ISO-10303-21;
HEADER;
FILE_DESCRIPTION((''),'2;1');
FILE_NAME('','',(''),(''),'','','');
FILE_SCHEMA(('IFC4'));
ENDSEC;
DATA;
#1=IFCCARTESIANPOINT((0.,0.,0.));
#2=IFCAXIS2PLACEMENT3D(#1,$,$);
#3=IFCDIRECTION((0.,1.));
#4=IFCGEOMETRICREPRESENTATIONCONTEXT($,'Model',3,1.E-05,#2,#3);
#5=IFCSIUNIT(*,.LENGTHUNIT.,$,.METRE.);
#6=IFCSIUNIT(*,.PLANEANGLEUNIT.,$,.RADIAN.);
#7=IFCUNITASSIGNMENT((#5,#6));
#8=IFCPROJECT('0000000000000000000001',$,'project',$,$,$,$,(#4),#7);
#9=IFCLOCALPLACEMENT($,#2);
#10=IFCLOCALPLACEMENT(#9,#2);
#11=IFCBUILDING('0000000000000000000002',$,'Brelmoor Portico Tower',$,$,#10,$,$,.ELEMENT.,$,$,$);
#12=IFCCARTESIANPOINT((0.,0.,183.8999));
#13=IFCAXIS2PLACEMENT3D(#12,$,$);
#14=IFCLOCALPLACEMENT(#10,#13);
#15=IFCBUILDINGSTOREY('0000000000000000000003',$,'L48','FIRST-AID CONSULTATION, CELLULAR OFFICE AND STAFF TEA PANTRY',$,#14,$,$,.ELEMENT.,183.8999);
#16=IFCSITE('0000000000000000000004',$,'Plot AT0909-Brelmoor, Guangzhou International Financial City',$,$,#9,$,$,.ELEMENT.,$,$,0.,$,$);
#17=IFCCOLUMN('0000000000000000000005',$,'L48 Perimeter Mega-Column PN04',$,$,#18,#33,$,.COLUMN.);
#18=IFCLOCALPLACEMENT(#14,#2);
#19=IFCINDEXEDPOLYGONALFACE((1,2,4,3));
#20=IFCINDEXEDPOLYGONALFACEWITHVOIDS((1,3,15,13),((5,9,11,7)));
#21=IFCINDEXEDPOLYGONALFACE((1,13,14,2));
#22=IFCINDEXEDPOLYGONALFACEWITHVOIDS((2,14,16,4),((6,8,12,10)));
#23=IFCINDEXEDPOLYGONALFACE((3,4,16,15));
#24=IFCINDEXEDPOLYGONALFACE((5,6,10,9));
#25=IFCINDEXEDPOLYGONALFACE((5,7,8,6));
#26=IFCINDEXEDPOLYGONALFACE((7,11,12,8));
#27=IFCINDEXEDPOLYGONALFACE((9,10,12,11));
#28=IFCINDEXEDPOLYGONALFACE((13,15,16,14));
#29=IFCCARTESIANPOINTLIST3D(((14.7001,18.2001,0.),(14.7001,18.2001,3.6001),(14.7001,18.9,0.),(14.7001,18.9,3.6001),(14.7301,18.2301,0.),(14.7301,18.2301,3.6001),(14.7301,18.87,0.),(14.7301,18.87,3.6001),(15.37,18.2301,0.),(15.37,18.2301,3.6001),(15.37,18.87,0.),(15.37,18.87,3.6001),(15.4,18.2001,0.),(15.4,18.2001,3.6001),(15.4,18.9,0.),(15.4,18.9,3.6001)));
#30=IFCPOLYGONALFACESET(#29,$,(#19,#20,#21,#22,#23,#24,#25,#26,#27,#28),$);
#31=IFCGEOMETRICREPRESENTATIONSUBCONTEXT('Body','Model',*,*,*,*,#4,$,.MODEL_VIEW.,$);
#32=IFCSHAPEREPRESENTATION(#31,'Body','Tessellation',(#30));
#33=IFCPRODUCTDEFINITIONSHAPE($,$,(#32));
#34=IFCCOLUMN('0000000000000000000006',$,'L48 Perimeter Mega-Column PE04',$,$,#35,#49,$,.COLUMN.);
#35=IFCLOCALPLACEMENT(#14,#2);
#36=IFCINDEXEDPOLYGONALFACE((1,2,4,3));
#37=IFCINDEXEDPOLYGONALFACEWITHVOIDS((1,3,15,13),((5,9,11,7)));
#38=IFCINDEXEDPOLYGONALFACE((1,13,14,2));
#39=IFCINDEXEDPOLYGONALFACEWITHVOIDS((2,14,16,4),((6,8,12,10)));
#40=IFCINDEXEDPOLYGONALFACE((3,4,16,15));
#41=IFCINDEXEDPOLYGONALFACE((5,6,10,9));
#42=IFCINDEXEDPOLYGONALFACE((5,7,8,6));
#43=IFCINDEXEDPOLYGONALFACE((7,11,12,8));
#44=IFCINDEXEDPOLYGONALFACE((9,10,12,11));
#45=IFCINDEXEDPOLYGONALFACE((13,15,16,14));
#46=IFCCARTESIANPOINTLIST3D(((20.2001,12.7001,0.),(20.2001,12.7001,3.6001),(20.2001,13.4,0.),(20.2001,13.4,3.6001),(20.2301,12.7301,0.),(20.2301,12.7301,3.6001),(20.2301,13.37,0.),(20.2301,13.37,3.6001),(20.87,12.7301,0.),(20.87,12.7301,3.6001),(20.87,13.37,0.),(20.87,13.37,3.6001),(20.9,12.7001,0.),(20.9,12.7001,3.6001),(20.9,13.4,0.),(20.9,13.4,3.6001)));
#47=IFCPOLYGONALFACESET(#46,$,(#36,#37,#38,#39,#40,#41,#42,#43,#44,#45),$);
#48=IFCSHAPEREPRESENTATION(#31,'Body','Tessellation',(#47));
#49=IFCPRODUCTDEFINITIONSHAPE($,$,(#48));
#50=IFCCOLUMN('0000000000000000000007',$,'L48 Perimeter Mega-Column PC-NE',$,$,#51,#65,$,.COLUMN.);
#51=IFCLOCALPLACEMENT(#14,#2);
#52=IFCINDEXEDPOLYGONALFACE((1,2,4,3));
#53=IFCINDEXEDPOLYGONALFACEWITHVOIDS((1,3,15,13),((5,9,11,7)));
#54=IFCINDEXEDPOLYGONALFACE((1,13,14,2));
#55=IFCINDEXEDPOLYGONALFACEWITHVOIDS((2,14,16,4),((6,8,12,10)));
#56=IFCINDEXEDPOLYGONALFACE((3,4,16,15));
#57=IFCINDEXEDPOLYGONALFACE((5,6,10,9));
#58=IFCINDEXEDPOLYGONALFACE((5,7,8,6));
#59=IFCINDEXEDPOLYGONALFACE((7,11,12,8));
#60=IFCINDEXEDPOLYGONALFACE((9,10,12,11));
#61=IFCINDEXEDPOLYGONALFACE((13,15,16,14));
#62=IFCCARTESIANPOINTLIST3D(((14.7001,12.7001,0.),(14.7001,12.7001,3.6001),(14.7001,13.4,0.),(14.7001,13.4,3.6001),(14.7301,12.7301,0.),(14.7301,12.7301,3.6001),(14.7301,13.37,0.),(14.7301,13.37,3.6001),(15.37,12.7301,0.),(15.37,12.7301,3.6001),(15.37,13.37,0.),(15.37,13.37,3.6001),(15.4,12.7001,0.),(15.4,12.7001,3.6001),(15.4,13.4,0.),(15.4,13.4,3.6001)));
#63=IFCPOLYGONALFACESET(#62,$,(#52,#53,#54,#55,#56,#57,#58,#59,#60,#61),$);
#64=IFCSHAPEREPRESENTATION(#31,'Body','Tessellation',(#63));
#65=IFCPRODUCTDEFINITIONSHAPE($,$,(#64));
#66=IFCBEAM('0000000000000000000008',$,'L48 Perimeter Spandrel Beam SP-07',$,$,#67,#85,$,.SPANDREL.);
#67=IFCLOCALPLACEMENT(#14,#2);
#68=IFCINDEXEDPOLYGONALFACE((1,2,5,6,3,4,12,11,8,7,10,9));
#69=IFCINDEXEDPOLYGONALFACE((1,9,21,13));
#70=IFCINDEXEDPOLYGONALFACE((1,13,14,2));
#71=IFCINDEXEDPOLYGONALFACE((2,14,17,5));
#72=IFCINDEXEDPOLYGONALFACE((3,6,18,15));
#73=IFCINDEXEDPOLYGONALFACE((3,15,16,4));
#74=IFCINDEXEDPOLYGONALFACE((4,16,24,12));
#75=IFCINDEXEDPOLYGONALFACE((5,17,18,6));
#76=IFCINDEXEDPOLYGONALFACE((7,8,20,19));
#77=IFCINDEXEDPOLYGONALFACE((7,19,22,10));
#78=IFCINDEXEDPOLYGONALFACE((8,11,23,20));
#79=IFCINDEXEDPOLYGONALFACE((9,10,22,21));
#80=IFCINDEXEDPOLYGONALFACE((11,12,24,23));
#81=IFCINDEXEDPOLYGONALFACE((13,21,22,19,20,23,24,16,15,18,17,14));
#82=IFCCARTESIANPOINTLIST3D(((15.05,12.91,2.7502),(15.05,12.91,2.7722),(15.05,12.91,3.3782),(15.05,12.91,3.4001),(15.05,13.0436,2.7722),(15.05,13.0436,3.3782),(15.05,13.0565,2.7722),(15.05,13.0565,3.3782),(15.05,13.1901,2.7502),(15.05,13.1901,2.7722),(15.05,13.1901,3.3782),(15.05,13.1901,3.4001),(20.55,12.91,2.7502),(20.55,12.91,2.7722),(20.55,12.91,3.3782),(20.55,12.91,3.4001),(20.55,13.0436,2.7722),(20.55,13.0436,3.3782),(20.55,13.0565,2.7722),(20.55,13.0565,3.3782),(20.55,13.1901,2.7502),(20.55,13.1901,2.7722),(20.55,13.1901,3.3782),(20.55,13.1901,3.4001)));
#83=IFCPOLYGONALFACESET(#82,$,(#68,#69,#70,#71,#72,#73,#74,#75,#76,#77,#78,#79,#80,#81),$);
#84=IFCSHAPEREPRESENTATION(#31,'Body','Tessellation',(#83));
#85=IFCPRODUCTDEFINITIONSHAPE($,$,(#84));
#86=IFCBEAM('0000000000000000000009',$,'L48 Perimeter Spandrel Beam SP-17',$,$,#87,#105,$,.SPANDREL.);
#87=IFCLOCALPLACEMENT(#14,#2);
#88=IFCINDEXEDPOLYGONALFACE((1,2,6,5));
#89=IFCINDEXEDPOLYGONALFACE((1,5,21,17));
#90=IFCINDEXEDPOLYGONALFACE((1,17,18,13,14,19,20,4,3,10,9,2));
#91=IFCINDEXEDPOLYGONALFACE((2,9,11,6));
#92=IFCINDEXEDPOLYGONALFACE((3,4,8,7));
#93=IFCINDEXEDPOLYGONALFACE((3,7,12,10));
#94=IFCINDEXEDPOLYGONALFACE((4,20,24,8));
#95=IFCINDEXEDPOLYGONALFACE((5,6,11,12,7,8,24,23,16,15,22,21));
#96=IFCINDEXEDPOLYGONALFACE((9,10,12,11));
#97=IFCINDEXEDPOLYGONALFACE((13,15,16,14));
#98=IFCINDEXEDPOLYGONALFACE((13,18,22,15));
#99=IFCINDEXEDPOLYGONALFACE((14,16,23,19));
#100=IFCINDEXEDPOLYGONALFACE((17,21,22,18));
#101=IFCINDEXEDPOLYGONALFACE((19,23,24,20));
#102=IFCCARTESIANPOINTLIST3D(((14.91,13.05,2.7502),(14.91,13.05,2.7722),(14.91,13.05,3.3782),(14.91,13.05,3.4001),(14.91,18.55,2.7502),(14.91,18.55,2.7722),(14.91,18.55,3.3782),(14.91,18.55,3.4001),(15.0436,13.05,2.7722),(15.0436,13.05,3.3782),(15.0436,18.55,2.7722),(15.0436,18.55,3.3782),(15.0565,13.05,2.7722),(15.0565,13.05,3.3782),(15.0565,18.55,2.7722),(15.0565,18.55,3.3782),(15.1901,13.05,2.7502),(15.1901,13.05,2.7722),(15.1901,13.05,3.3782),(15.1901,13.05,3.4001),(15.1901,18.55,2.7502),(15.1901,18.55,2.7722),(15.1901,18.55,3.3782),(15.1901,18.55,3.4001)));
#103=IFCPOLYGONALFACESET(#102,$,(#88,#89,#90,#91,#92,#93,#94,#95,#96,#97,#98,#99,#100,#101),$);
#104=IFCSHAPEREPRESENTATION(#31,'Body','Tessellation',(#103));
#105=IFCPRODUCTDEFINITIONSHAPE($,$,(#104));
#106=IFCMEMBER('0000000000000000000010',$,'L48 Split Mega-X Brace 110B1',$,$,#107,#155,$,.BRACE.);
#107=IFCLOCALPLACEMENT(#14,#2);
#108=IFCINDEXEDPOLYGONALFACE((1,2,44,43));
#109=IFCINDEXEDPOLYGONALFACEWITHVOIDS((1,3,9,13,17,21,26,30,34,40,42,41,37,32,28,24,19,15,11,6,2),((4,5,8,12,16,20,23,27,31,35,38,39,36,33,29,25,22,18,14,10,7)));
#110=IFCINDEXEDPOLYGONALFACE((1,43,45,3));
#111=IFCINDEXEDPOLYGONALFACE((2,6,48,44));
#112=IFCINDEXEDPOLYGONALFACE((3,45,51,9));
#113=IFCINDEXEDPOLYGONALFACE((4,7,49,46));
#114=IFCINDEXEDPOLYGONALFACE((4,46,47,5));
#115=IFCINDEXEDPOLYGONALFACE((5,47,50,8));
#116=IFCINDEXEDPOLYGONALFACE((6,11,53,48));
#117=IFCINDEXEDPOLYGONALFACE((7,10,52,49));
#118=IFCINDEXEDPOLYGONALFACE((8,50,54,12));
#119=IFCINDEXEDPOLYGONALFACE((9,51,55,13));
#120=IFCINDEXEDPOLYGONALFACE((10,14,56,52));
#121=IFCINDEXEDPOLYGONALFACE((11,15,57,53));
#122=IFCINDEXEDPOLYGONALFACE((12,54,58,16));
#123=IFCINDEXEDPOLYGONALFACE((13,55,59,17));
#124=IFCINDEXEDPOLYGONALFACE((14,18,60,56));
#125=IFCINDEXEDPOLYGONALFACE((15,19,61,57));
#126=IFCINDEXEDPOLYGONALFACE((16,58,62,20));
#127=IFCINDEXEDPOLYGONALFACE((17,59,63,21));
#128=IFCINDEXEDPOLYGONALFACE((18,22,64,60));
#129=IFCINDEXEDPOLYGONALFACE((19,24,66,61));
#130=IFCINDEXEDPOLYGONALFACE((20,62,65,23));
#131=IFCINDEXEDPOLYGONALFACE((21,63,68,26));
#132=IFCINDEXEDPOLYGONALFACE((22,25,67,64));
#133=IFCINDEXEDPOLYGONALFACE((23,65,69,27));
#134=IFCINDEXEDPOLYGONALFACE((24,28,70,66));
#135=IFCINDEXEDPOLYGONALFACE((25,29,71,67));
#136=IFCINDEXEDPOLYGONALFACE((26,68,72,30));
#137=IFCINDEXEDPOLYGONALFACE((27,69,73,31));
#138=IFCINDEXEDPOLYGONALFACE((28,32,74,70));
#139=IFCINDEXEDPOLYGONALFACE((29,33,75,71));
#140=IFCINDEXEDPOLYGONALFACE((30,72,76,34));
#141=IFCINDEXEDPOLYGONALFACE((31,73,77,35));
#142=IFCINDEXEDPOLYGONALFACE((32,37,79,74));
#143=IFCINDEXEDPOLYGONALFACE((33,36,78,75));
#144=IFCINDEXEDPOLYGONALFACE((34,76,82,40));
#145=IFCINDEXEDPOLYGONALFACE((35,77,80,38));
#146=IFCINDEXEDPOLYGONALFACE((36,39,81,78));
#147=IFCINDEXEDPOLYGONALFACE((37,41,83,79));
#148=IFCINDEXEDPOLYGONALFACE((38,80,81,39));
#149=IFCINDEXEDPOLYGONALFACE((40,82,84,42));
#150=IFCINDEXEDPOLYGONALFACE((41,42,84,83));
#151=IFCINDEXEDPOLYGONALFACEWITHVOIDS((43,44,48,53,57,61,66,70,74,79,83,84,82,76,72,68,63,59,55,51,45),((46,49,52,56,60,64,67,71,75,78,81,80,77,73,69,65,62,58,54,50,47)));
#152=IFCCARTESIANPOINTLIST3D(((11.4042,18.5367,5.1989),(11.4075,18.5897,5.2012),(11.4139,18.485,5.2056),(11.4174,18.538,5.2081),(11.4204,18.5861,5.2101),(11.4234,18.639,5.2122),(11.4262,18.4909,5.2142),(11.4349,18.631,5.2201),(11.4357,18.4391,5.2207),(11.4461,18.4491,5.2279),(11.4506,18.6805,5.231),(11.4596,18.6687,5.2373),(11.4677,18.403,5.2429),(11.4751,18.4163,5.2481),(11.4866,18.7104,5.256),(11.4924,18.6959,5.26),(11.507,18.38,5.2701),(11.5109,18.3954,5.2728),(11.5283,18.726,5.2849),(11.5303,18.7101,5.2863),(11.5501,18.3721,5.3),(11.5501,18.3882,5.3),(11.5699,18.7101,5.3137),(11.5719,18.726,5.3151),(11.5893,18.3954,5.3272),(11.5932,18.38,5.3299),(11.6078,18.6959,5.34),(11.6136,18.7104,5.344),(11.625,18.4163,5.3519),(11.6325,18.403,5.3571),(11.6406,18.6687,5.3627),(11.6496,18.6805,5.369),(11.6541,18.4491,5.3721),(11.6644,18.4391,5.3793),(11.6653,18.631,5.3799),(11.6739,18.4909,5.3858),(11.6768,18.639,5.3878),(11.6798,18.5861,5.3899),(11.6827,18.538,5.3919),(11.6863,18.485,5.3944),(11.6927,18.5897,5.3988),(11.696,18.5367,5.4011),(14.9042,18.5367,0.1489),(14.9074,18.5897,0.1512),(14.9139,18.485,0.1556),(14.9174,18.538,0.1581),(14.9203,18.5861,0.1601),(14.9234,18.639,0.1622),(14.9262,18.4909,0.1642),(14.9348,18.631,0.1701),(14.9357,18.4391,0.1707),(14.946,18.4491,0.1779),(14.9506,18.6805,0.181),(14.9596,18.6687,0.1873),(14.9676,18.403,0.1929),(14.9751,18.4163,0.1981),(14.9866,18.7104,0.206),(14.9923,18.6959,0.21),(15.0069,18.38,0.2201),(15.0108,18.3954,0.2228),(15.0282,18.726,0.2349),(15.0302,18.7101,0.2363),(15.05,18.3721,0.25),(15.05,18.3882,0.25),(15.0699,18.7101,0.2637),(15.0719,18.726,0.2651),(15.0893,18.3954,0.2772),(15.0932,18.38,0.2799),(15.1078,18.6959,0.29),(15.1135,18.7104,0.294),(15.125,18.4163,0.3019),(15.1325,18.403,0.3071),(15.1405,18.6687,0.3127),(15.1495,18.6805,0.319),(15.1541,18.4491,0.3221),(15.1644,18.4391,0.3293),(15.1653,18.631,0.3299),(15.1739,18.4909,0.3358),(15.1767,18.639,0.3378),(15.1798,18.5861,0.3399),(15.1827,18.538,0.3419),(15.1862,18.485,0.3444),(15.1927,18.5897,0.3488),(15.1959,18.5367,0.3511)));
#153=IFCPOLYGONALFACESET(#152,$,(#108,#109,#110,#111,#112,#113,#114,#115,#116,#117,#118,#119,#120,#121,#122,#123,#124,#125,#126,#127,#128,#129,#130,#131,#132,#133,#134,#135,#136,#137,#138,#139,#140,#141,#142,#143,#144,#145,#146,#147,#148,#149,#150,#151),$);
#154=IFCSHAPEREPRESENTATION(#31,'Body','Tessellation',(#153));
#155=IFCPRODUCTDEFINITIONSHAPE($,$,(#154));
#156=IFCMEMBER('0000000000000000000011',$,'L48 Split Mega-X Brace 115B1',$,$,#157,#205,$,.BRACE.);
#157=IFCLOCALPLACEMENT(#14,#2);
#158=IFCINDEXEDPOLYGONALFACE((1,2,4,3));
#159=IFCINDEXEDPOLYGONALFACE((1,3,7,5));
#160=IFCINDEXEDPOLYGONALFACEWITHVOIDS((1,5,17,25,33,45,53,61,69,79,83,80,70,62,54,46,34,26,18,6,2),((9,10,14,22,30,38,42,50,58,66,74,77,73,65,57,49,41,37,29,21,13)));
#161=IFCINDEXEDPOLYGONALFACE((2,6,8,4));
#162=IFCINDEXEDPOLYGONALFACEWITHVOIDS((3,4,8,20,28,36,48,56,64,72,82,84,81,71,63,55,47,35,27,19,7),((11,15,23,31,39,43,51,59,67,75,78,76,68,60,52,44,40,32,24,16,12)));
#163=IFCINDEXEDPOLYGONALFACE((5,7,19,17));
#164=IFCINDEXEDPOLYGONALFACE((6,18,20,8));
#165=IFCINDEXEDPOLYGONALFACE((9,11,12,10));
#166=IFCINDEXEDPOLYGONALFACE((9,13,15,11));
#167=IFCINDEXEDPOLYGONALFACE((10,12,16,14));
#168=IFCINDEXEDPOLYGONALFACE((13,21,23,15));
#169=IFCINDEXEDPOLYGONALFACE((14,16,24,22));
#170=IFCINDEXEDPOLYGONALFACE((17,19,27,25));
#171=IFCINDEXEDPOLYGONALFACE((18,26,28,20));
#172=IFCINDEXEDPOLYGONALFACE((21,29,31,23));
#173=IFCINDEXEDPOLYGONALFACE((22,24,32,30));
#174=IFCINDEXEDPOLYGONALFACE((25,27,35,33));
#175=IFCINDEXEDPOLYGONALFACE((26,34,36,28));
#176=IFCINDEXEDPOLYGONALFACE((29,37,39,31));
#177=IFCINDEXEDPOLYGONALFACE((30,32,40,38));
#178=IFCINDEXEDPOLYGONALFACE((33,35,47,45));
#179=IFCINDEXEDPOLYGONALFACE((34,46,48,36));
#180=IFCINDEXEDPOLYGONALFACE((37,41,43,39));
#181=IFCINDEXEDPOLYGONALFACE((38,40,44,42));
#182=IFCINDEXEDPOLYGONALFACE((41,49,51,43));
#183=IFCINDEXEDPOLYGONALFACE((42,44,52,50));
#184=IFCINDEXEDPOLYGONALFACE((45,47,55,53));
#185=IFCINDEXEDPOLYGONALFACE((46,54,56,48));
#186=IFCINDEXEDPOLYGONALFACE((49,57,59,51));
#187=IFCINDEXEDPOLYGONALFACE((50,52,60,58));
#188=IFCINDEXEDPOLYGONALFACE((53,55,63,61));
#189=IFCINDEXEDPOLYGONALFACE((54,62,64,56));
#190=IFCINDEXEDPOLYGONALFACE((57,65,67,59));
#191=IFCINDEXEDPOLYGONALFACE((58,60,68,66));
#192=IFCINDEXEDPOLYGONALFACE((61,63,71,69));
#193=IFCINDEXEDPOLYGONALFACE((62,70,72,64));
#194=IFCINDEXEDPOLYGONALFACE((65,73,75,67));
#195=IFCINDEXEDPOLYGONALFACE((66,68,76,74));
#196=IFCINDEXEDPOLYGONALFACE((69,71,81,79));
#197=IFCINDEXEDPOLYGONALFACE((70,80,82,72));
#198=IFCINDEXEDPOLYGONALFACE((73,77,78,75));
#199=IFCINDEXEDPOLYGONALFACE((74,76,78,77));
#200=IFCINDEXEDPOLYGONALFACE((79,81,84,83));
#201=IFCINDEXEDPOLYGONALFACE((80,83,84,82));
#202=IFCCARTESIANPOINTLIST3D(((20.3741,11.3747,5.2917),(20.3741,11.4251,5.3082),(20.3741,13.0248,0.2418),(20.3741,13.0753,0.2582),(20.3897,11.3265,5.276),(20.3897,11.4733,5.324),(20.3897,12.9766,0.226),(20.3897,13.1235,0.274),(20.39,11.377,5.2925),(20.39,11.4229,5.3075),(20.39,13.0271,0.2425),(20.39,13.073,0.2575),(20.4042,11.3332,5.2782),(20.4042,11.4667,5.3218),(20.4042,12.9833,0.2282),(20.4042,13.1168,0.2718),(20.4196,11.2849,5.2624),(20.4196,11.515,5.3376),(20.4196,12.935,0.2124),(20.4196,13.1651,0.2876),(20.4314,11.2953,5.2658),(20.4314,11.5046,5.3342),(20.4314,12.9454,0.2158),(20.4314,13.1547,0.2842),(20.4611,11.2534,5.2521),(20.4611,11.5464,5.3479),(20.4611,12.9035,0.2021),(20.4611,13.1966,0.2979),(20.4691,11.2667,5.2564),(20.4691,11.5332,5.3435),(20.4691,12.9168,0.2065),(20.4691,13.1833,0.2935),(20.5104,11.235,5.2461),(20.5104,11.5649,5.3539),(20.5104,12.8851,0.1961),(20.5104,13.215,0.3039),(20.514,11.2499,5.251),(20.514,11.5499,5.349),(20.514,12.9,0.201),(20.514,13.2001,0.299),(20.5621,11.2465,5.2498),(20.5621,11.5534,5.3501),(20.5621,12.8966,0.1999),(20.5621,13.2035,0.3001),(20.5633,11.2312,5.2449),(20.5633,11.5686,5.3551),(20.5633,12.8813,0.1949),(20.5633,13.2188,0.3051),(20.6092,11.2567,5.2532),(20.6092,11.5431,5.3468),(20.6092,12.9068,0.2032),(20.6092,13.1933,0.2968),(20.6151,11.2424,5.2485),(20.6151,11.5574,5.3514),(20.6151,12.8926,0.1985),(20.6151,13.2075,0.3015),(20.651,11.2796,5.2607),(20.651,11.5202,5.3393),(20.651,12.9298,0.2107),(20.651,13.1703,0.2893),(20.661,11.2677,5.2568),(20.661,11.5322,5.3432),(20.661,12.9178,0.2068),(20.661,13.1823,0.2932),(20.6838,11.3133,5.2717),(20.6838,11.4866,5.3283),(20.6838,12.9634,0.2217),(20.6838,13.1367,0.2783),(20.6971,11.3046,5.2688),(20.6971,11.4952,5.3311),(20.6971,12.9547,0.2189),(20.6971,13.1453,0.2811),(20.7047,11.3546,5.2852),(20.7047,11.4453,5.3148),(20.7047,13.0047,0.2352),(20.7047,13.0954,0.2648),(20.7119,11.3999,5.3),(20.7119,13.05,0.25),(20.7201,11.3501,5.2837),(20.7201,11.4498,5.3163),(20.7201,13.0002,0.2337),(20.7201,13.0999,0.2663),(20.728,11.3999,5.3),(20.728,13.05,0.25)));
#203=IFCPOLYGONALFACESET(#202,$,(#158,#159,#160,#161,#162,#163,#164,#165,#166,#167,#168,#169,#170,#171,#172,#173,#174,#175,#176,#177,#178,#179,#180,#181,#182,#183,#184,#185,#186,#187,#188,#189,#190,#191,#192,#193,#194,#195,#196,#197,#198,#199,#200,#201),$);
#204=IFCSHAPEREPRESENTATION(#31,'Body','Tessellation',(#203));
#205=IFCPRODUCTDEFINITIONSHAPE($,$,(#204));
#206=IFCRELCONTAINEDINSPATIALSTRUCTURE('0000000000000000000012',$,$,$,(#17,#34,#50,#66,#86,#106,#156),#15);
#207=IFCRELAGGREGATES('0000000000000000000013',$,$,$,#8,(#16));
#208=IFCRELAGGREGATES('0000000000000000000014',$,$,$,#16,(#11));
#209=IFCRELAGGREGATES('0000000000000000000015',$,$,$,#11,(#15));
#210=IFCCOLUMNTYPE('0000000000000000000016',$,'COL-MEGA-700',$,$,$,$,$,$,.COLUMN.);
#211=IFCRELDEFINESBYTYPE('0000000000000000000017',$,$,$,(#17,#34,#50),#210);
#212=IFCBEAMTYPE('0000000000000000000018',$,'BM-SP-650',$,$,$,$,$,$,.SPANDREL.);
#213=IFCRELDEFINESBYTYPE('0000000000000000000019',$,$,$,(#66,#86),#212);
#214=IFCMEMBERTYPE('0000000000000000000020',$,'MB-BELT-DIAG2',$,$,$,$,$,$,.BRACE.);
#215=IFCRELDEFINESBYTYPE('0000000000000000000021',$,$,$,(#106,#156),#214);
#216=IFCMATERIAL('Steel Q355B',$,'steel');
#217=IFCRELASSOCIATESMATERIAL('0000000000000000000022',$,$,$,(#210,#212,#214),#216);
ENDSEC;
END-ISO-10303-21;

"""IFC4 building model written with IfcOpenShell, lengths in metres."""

from ifc_helpers import new_model, si_unit, direction, frame, origin, origin_2d, place, context, subcontext, project, spatial, hollow_rectangle, hollow_circle, i_section, extrude, material, material_profile, profile_set, type_object, element, save


model = new_model("IFC4")

# Units and contexts
model_context = context("Model", 3, precision=1e-05, world=origin(), true_north=direction((0.0, 1.0)))
body_context = subcontext(model_context, "Body", "Model", "MODEL_VIEW")
ifc_project = project(units=[si_unit("LENGTHUNIT", "METRE"), si_unit("PLANEANGLEUNIT", "RADIAN")], contexts=[model_context])

# Site, building, storey
site_placement = place(None, origin())
site = spatial("IfcSite", under=ifc_project, at=site_placement, Name="Plot AT0909-Brelmoor, Guangzhou International Financial City", CompositionType="ELEMENT", RefElevation=0.0)
building_placement = place(site_placement, origin())
building = spatial("IfcBuilding", under=site, at=building_placement, Name="Brelmoor Portico Tower", CompositionType="ELEMENT")
storey_placement = place(building_placement, frame((0.0, 0.0, 183.8999)))
storey = spatial("IfcBuildingStorey", under=building, at=storey_placement, Name="L48", Description="FIRST-AID CONSULTATION, CELLULAR OFFICE AND STAFF TEA PANTRY", CompositionType="ELEMENT", Elevation=183.8999)

# Columns
ifc_material_1 = material(Name="Steel Q355B", Category="steel")
ifc_material_profile_1 = material_profile(ifc_material_1, hollow_rectangle(XDim=0.7, YDim=0.7, WallThickness=0.03, at=origin_2d()), Name="BOX 700x700x30")
ifc_profile_set_1 = profile_set([ifc_material_profile_1], Name="Steel Q355B")
column_type = type_object("IfcColumnType", Name="COL-MEGA-700", PredefinedType="COLUMN", material=ifc_profile_set_1)
for number, where, z_axis, x_axis, name in (
    (1, (15.05, 18.55, 0.0), (0.0, 0.0, 1.0), (1.0, 0.0, 0.0), "L48 Perimeter Mega-Column PN04"),
    (2, (20.55, 13.05, 0.0), (0.0, 0.0, 1.0), (0.0, 1.0, 0.0), "L48 Perimeter Mega-Column PE04"),
    (3, (15.05, 13.05, 0.0), (0.0, 0.0, 1.0), (1.0, 0.0, 0.0), "L48 Perimeter Mega-Column PC-NE"),
):
    element("IfcColumn", number, at=place(storey_placement, frame(where, z_axis=z_axis, x_axis=x_axis)), inside=storey, type_object=column_type, Name=name, PredefinedType="COLUMN", context=body_context, shape_type="SweptSolid", body=[
        extrude(hollow_rectangle(XDim=0.7, YDim=0.7, WallThickness=0.03, at=origin_2d()), origin(), (0.0, 0.0, 1.0), 3.6001),
    ])

# Beams
ifc_material_profile_2 = material_profile(ifc_material_1, i_section(OverallWidth=0.28, OverallDepth=0.6499, WebThickness=0.0129, FlangeThickness=0.022, at=origin_2d()), Name="HN 650x280x13x22")
ifc_profile_set_2 = profile_set([ifc_material_profile_2], Name="Steel Q355B")
beam_type = type_object("IfcBeamType", Name="BM-SP-650", PredefinedType="SPANDREL", material=ifc_profile_set_2)
for number, where, z_axis, x_axis, name in (
    (4, (15.05, 13.05, 3.0752), (1.0, 0.0, 0.0), (0.0, 1.0, 0.0), "L48 Perimeter Spandrel Beam SP-07"),
    (5, (15.05, 13.05, 3.0752), (0.0, 1.0, 0.0), (-1.0, 0.0, 0.0), "L48 Perimeter Spandrel Beam SP-17"),
):
    element("IfcBeam", number, at=place(storey_placement, frame(where, z_axis=z_axis, x_axis=x_axis)), inside=storey, type_object=beam_type, Name=name, PredefinedType="SPANDREL", context=body_context, shape_type="SweptSolid", body=[
        extrude(i_section(OverallWidth=0.28, OverallDepth=0.6499, WebThickness=0.0129, FlangeThickness=0.022, at=origin_2d()), origin(), (0.0, 0.0, 1.0), 5.5),
    ])

# Members
ifc_material_profile_3 = material_profile(ifc_material_1, hollow_circle(Radius=0.178, WallThickness=0.0161, at=origin_2d()), Name="CHS 356x16")
ifc_profile_set_3 = profile_set([ifc_material_profile_3], Name="Steel Q355B")
member_type_1 = type_object("IfcMemberType", Name="MB-BELT-DIAG2", PredefinedType="BRACE", material=ifc_profile_set_3)
member_1_placement = place(storey_placement, frame((15.05, 18.55, 0.25), z_axis=(-0.569629, 0.0, 0.821902), x_axis=(0.0, -1.0, 0.0)))
element("IfcMember", 6, at=member_1_placement, inside=storey, type_object=member_type_1, Name="L48 Split Mega-X Brace 110B1", PredefinedType="BRACE", context=body_context, shape_type="SweptSolid", body=[
    extrude(hollow_circle(Radius=0.178, WallThickness=0.0161, at=origin_2d()), origin(), (0.0, 0.0, 1.0), 6.1443),
])
for number, where, z_axis, x_axis, name in (
    (7, (20.55, 13.05, 0.25), (0.0, -0.310598, 0.950542), (1.0, 0.0, 0.0), "L48 Split Mega-X Brace 115B1"),
):
    element("IfcMember", number, at=place(storey_placement, frame(where, z_axis=z_axis, x_axis=x_axis)), inside=storey, type_object=member_type_1, Name=name, PredefinedType="BRACE", context=body_context, shape_type="SweptSolid", body=[
        extrude(hollow_circle(Radius=0.178, WallThickness=0.0161, at=origin_2d()), origin(), (0.0, 0.0, 1.0), 5.3127),
    ])

save(model, "model.ifc")
